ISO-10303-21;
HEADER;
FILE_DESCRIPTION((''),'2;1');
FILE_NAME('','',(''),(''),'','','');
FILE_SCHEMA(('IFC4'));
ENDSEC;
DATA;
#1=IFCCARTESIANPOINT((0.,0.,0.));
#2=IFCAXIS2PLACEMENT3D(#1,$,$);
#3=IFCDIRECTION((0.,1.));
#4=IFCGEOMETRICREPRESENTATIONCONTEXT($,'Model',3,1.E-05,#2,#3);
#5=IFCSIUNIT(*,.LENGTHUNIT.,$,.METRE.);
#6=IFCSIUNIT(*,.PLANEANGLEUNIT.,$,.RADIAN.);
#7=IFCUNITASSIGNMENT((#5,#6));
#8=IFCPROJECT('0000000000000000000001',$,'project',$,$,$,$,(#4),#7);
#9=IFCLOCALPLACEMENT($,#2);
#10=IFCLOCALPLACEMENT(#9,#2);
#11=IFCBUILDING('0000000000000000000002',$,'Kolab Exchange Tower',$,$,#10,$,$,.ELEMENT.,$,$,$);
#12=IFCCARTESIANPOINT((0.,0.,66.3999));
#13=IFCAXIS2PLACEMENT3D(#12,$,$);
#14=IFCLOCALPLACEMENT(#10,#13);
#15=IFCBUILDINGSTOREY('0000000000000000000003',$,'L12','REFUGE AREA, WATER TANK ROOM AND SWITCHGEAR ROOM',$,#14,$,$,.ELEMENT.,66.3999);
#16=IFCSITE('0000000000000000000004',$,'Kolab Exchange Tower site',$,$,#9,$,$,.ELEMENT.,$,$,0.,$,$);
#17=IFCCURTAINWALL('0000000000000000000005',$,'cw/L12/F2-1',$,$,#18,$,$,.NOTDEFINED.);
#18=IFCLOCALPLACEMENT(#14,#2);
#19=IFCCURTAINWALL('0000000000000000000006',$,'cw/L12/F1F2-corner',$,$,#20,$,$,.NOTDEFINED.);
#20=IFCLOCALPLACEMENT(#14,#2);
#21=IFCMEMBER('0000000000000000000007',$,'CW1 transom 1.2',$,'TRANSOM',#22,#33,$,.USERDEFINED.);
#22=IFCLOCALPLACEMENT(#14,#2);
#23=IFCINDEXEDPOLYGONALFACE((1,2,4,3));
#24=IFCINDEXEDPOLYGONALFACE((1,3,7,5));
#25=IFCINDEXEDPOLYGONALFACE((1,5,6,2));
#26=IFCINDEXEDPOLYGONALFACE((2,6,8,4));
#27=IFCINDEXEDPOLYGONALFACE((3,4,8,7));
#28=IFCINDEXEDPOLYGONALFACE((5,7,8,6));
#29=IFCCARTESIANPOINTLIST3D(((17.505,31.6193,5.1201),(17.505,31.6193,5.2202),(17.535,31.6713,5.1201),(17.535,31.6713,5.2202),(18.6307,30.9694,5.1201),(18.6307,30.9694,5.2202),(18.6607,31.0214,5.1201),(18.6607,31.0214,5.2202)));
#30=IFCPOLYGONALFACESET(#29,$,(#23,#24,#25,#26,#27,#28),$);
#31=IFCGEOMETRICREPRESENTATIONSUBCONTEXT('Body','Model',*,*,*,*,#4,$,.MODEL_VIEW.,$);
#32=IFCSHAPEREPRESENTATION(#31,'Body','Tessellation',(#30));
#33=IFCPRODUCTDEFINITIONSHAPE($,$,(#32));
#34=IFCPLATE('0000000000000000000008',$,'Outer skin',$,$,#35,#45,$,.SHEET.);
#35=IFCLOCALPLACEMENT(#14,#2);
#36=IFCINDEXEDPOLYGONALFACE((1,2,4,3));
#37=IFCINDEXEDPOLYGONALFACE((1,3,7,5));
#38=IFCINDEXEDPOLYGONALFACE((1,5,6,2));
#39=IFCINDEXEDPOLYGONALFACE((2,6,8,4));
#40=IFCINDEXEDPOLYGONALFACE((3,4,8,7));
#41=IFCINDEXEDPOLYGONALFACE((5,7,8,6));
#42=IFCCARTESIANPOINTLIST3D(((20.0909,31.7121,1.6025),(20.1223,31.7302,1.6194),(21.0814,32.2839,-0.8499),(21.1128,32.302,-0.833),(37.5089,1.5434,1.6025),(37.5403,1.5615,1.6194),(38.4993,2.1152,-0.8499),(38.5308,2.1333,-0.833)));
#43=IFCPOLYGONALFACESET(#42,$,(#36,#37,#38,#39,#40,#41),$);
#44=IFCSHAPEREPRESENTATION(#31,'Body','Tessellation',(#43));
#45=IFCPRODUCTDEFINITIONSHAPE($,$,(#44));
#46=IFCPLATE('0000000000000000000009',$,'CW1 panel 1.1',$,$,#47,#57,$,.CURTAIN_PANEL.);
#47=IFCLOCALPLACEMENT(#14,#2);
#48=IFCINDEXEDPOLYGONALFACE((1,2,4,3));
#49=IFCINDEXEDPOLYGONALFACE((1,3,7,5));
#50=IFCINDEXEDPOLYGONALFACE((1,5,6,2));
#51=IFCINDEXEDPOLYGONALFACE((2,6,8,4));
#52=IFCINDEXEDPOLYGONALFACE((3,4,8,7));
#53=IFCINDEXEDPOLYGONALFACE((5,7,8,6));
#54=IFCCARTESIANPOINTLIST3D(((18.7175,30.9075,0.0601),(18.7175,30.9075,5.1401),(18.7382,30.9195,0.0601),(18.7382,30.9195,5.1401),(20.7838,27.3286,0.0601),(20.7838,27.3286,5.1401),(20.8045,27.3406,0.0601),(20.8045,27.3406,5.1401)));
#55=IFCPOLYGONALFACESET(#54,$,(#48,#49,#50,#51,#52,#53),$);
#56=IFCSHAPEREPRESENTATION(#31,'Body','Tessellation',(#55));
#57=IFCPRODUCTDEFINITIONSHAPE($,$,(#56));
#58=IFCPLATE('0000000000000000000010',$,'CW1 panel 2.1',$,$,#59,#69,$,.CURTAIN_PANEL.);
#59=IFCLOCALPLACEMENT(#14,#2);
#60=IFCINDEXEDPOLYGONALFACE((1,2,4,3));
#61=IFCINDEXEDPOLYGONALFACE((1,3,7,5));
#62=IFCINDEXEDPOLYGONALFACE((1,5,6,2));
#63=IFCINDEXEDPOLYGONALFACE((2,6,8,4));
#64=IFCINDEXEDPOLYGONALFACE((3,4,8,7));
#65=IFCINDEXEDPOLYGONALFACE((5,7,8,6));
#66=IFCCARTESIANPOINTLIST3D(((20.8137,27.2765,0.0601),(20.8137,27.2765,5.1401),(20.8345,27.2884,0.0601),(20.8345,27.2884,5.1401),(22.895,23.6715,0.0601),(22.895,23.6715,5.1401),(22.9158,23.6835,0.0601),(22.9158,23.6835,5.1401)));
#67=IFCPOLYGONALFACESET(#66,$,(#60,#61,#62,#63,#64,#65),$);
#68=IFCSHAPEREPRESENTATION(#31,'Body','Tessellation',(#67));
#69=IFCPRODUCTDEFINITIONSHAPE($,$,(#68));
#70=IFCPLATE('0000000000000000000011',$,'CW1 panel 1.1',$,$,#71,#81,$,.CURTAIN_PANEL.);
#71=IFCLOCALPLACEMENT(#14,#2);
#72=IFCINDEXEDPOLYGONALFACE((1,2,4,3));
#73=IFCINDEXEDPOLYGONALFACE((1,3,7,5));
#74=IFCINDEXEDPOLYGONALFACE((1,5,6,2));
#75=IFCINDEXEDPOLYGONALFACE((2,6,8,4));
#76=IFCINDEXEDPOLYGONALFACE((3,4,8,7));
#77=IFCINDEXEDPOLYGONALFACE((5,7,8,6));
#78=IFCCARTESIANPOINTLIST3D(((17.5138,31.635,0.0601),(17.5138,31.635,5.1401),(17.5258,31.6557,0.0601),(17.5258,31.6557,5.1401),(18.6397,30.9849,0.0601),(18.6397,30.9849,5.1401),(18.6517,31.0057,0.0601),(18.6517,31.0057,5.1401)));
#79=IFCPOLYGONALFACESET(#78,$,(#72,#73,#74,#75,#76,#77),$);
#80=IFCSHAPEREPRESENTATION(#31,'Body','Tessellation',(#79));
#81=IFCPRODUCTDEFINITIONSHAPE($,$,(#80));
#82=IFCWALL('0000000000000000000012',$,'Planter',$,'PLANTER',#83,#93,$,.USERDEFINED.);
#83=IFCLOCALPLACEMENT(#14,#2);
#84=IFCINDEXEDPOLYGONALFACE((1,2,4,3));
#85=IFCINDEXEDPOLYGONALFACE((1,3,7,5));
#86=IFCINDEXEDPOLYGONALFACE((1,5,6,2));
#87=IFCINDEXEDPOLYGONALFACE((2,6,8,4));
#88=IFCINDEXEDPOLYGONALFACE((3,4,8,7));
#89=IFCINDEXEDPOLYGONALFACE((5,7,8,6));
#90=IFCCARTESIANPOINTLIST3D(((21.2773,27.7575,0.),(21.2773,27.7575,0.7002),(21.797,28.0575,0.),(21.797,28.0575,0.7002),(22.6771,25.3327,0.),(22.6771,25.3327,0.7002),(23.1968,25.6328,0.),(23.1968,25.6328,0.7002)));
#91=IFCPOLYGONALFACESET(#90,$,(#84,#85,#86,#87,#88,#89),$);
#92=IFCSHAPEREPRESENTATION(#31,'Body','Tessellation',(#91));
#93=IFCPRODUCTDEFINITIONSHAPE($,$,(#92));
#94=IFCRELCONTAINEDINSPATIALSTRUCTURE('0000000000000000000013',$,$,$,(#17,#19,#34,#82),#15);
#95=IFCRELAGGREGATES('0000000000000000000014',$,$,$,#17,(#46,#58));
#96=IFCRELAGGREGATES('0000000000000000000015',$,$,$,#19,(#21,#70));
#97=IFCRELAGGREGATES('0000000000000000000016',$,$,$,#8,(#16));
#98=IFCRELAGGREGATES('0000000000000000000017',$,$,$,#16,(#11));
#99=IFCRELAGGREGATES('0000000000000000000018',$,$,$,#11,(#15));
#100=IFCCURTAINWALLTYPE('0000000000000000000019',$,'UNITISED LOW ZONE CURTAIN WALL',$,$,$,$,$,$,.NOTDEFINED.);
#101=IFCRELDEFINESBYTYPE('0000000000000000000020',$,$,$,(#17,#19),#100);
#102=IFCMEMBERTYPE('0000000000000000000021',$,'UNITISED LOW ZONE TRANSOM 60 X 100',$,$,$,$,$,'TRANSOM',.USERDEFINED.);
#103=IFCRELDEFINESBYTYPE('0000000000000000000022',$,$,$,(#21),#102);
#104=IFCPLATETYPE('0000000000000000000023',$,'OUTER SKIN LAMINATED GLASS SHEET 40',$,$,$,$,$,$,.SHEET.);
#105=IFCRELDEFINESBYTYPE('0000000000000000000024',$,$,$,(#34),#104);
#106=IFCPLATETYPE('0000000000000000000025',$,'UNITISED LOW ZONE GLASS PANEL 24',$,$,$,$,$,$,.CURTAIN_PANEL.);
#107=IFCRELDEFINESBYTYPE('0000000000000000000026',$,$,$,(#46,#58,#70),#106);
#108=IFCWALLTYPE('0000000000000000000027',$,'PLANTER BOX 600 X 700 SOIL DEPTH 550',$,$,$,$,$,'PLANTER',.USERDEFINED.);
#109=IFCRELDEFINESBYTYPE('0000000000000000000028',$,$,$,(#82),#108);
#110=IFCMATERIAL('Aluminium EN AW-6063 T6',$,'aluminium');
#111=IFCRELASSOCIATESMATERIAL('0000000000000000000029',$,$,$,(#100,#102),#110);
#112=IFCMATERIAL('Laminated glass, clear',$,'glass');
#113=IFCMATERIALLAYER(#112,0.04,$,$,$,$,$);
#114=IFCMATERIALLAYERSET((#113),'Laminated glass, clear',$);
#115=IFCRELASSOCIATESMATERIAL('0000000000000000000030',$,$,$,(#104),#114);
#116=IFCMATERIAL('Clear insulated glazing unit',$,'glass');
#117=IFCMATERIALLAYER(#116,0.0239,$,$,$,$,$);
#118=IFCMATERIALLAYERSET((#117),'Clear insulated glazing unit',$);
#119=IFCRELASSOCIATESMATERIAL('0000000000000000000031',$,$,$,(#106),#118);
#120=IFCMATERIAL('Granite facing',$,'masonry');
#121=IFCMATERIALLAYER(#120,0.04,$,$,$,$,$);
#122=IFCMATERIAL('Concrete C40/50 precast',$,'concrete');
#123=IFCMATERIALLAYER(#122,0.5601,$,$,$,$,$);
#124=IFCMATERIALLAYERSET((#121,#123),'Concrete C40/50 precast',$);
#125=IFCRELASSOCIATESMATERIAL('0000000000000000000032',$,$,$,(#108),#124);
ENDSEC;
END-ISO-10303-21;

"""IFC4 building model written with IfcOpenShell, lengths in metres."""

from ifc_helpers import new_model, si_unit, direction, frame, frame_2d, origin, origin_2d, place, context, subcontext, project, spatial, polyline, rectangle, outline, extrude, material, layer, layer_set, material_profile, profile_set, type_object, element, aggregate, save


model = new_model("IFC4")

# Units and contexts
model_context = context("Model", 3, precision=1e-05, world=origin(), true_north=direction((0.0, 1.0)))
body_context = subcontext(model_context, "Body", "Model", "MODEL_VIEW")
ifc_project = project(units=[si_unit("LENGTHUNIT", "METRE"), si_unit("PLANEANGLEUNIT", "RADIAN")], contexts=[model_context])

# Site, building, storey
site_placement = place(None, origin())
site = spatial("IfcSite", under=ifc_project, at=site_placement, Name="Kolab Exchange Tower site", CompositionType="ELEMENT", RefElevation=0.0)
building_placement = place(site_placement, origin())
building = spatial("IfcBuilding", under=site, at=building_placement, Name="Kolab Exchange Tower", CompositionType="ELEMENT")
storey_placement = place(building_placement, frame((0.0, 0.0, 66.3999)))
storey = spatial("IfcBuildingStorey", under=building, at=storey_placement, Name="L12", Description="REFUGE AREA, WATER TANK ROOM AND SWITCHGEAR ROOM", CompositionType="ELEMENT", Elevation=66.3999)

# Curtain walls
ifc_material_1 = material(Name="Aluminium EN AW-6063 T6", Category="aluminium")
curtain_wall_type = type_object("IfcCurtainWallType", Name="UNITISED LOW ZONE CURTAIN WALL", PredefinedType="NOTDEFINED", material=ifc_material_1)
curtain_wall_1_placement = place(storey_placement, origin())
curtain_wall_1 = element("IfcCurtainWall", 1, at=curtain_wall_1_placement, inside=storey, type_object=curtain_wall_type, Name="cw/L12/F2-1", PredefinedType="NOTDEFINED")
curtain_wall_2_placement = place(storey_placement, origin())
curtain_wall_2 = element("IfcCurtainWall", 2, at=curtain_wall_2_placement, inside=storey, type_object=curtain_wall_type, Name="cw/L12/F1F2-corner", PredefinedType="NOTDEFINED")

# Member
ifc_material_profile_1 = material_profile(ifc_material_1, rectangle(XDim=0.0601, YDim=0.1001, at=origin_2d()), Name="RECT 60X100")
ifc_profile_set_1 = profile_set([ifc_material_profile_1], Name="Aluminium EN AW-6063 T6")
member_type_1 = type_object("IfcMemberType", Name="UNITISED LOW ZONE TRANSOM 60 X 100", ElementType="TRANSOM", PredefinedType="USERDEFINED", material=ifc_profile_set_1)
member_1_placement = place(storey_placement, frame((17.52, 31.6453, 5.1702), z_axis=(0.866039, -0.499977, 0.0), x_axis=(0.499977, 0.866039, 0.0)))
member_1 = element("IfcMember", 3, at=member_1_placement, type_object=member_type_1, Name="CW1 transom 1.2", ObjectType="TRANSOM", PredefinedType="USERDEFINED", context=body_context, shape_type="SweptSolid", body=[
    extrude(rectangle(XDim=0.0601, YDim=0.1001, at=origin_2d()), origin(), (0.0, 0.0, 1.0), 1.2998),
])

# Plates
ifc_material_2 = material(Name="Laminated glass, clear", Category="glass")
ifc_layer_1 = layer(ifc_material_2, 0.04)
ifc_layer_set_1 = layer_set([ifc_layer_1], Name="Laminated glass, clear")
plate_type_1 = type_object("IfcPlateType", Name="OUTER SKIN LAMINATED GLASS SHEET 40", PredefinedType="SHEET", material=ifc_layer_set_1)
plate_1_placement = place(storey_placement, frame((21.1128, 32.302, -0.833), z_axis=(0.784873, 0.453148, 0.422648), x_axis=(0.500001, -0.866025, 0.0)))
element("IfcPlate", 4, at=plate_1_placement, inside=storey, type_object=plate_type_1, Name="Outer skin", PredefinedType="SHEET", context=body_context, shape_type="SweptSolid", body=[
    extrude(outline(polyline([(0.0, 0.0), (34.8358, 0.0), (34.8358, -2.706), (-0.0001, -2.706), (0.0, 0.0)])), origin(), (0.0, 0.0, -1.0), 0.04),
])
ifc_material_3 = material(Name="Clear insulated glazing unit", Category="glass")
ifc_layer_2 = layer(ifc_material_3, 0.0239)
ifc_layer_set_2 = layer_set([ifc_layer_2], Name="Clear insulated glazing unit")
plate_type_2 = type_object("IfcPlateType", Name="UNITISED LOW ZONE GLASS PANEL 24", PredefinedType="CURTAIN_PANEL", material=ifc_layer_set_2)
plate_2_placement = place(storey_placement, frame((19.761, 29.124, 0.0601), z_axis=(0.0, 0.0, 1.0), x_axis=(0.5, -0.866025, 0.0)))
plate_2 = element("IfcPlate", 5, at=plate_2_placement, type_object=plate_type_2, Name="CW1 panel 1.1", PredefinedType="CURTAIN_PANEL", context=body_context, shape_type="SweptSolid", body=[
    extrude(rectangle(XDim=4.1326, YDim=0.0239, at=origin_2d()), origin(), (0.0, 0.0, 1.0), 5.0801),
])
plate_3_placement = place(storey_placement, frame((21.8647, 25.48, 0.0601), z_axis=(0.0, 0.0, 1.0), x_axis=(0.5, -0.866025, 0.0)))
plate_3 = element("IfcPlate", 6, at=plate_3_placement, type_object=plate_type_2, Name="CW1 panel 2.1", PredefinedType="CURTAIN_PANEL", context=body_context, shape_type="SweptSolid", body=[
    extrude(rectangle(XDim=4.1626, YDim=0.0239, at=origin_2d()), origin(), (0.0, 0.0, 1.0), 5.0801),
])
aggregate(curtain_wall_1, [plate_2, plate_3])
plate_4_placement = place(storey_placement, frame((18.0828, 31.3203, 0.0601), z_axis=(0.0, 0.0, 1.0), x_axis=(0.866025, -0.5, 0.0)))
plate_4 = element("IfcPlate", 7, at=plate_4_placement, type_object=plate_type_2, Name="CW1 panel 1.1", PredefinedType="CURTAIN_PANEL", context=body_context, shape_type="SweptSolid", body=[
    extrude(rectangle(XDim=1.3, YDim=0.0239, at=origin_2d()), origin(), (0.0, 0.0, 1.0), 5.0801),
])
aggregate(curtain_wall_2, [member_1, plate_4])

# Wall
ifc_material_4 = material(Name="Granite facing", Category="masonry")
ifc_layer_3 = layer(ifc_material_4, 0.04)
ifc_material_5 = material(Name="Concrete C40/50 precast", Category="concrete")
ifc_layer_4 = layer(ifc_material_5, 0.5601)
ifc_layer_set_3 = layer_set([ifc_layer_3, ifc_layer_4], Name="Concrete C40/50 precast")
wall_type = type_object("IfcWallType", Name="PLANTER BOX 600 X 700 SOIL DEPTH 550", ElementType="PLANTER", PredefinedType="USERDEFINED", material=ifc_layer_set_3)
wall_placement = place(storey_placement, frame((21.5371, 27.9075, 0.0), z_axis=(0.0, 0.0, 1.0), x_axis=(0.499984, -0.866035, 0.0)))
element("IfcWall", 8, at=wall_placement, inside=storey, type_object=wall_type, Name="Planter", ObjectType="PLANTER", PredefinedType="USERDEFINED", context=body_context, shape_type="SweptSolid", body=[
    extrude(rectangle(XDim=2.7998, YDim=0.6001, at=frame_2d((1.3999, 0.0))), origin(), (0.0, 0.0, 1.0), 0.7002),
])

save(model, "model.ifc")
